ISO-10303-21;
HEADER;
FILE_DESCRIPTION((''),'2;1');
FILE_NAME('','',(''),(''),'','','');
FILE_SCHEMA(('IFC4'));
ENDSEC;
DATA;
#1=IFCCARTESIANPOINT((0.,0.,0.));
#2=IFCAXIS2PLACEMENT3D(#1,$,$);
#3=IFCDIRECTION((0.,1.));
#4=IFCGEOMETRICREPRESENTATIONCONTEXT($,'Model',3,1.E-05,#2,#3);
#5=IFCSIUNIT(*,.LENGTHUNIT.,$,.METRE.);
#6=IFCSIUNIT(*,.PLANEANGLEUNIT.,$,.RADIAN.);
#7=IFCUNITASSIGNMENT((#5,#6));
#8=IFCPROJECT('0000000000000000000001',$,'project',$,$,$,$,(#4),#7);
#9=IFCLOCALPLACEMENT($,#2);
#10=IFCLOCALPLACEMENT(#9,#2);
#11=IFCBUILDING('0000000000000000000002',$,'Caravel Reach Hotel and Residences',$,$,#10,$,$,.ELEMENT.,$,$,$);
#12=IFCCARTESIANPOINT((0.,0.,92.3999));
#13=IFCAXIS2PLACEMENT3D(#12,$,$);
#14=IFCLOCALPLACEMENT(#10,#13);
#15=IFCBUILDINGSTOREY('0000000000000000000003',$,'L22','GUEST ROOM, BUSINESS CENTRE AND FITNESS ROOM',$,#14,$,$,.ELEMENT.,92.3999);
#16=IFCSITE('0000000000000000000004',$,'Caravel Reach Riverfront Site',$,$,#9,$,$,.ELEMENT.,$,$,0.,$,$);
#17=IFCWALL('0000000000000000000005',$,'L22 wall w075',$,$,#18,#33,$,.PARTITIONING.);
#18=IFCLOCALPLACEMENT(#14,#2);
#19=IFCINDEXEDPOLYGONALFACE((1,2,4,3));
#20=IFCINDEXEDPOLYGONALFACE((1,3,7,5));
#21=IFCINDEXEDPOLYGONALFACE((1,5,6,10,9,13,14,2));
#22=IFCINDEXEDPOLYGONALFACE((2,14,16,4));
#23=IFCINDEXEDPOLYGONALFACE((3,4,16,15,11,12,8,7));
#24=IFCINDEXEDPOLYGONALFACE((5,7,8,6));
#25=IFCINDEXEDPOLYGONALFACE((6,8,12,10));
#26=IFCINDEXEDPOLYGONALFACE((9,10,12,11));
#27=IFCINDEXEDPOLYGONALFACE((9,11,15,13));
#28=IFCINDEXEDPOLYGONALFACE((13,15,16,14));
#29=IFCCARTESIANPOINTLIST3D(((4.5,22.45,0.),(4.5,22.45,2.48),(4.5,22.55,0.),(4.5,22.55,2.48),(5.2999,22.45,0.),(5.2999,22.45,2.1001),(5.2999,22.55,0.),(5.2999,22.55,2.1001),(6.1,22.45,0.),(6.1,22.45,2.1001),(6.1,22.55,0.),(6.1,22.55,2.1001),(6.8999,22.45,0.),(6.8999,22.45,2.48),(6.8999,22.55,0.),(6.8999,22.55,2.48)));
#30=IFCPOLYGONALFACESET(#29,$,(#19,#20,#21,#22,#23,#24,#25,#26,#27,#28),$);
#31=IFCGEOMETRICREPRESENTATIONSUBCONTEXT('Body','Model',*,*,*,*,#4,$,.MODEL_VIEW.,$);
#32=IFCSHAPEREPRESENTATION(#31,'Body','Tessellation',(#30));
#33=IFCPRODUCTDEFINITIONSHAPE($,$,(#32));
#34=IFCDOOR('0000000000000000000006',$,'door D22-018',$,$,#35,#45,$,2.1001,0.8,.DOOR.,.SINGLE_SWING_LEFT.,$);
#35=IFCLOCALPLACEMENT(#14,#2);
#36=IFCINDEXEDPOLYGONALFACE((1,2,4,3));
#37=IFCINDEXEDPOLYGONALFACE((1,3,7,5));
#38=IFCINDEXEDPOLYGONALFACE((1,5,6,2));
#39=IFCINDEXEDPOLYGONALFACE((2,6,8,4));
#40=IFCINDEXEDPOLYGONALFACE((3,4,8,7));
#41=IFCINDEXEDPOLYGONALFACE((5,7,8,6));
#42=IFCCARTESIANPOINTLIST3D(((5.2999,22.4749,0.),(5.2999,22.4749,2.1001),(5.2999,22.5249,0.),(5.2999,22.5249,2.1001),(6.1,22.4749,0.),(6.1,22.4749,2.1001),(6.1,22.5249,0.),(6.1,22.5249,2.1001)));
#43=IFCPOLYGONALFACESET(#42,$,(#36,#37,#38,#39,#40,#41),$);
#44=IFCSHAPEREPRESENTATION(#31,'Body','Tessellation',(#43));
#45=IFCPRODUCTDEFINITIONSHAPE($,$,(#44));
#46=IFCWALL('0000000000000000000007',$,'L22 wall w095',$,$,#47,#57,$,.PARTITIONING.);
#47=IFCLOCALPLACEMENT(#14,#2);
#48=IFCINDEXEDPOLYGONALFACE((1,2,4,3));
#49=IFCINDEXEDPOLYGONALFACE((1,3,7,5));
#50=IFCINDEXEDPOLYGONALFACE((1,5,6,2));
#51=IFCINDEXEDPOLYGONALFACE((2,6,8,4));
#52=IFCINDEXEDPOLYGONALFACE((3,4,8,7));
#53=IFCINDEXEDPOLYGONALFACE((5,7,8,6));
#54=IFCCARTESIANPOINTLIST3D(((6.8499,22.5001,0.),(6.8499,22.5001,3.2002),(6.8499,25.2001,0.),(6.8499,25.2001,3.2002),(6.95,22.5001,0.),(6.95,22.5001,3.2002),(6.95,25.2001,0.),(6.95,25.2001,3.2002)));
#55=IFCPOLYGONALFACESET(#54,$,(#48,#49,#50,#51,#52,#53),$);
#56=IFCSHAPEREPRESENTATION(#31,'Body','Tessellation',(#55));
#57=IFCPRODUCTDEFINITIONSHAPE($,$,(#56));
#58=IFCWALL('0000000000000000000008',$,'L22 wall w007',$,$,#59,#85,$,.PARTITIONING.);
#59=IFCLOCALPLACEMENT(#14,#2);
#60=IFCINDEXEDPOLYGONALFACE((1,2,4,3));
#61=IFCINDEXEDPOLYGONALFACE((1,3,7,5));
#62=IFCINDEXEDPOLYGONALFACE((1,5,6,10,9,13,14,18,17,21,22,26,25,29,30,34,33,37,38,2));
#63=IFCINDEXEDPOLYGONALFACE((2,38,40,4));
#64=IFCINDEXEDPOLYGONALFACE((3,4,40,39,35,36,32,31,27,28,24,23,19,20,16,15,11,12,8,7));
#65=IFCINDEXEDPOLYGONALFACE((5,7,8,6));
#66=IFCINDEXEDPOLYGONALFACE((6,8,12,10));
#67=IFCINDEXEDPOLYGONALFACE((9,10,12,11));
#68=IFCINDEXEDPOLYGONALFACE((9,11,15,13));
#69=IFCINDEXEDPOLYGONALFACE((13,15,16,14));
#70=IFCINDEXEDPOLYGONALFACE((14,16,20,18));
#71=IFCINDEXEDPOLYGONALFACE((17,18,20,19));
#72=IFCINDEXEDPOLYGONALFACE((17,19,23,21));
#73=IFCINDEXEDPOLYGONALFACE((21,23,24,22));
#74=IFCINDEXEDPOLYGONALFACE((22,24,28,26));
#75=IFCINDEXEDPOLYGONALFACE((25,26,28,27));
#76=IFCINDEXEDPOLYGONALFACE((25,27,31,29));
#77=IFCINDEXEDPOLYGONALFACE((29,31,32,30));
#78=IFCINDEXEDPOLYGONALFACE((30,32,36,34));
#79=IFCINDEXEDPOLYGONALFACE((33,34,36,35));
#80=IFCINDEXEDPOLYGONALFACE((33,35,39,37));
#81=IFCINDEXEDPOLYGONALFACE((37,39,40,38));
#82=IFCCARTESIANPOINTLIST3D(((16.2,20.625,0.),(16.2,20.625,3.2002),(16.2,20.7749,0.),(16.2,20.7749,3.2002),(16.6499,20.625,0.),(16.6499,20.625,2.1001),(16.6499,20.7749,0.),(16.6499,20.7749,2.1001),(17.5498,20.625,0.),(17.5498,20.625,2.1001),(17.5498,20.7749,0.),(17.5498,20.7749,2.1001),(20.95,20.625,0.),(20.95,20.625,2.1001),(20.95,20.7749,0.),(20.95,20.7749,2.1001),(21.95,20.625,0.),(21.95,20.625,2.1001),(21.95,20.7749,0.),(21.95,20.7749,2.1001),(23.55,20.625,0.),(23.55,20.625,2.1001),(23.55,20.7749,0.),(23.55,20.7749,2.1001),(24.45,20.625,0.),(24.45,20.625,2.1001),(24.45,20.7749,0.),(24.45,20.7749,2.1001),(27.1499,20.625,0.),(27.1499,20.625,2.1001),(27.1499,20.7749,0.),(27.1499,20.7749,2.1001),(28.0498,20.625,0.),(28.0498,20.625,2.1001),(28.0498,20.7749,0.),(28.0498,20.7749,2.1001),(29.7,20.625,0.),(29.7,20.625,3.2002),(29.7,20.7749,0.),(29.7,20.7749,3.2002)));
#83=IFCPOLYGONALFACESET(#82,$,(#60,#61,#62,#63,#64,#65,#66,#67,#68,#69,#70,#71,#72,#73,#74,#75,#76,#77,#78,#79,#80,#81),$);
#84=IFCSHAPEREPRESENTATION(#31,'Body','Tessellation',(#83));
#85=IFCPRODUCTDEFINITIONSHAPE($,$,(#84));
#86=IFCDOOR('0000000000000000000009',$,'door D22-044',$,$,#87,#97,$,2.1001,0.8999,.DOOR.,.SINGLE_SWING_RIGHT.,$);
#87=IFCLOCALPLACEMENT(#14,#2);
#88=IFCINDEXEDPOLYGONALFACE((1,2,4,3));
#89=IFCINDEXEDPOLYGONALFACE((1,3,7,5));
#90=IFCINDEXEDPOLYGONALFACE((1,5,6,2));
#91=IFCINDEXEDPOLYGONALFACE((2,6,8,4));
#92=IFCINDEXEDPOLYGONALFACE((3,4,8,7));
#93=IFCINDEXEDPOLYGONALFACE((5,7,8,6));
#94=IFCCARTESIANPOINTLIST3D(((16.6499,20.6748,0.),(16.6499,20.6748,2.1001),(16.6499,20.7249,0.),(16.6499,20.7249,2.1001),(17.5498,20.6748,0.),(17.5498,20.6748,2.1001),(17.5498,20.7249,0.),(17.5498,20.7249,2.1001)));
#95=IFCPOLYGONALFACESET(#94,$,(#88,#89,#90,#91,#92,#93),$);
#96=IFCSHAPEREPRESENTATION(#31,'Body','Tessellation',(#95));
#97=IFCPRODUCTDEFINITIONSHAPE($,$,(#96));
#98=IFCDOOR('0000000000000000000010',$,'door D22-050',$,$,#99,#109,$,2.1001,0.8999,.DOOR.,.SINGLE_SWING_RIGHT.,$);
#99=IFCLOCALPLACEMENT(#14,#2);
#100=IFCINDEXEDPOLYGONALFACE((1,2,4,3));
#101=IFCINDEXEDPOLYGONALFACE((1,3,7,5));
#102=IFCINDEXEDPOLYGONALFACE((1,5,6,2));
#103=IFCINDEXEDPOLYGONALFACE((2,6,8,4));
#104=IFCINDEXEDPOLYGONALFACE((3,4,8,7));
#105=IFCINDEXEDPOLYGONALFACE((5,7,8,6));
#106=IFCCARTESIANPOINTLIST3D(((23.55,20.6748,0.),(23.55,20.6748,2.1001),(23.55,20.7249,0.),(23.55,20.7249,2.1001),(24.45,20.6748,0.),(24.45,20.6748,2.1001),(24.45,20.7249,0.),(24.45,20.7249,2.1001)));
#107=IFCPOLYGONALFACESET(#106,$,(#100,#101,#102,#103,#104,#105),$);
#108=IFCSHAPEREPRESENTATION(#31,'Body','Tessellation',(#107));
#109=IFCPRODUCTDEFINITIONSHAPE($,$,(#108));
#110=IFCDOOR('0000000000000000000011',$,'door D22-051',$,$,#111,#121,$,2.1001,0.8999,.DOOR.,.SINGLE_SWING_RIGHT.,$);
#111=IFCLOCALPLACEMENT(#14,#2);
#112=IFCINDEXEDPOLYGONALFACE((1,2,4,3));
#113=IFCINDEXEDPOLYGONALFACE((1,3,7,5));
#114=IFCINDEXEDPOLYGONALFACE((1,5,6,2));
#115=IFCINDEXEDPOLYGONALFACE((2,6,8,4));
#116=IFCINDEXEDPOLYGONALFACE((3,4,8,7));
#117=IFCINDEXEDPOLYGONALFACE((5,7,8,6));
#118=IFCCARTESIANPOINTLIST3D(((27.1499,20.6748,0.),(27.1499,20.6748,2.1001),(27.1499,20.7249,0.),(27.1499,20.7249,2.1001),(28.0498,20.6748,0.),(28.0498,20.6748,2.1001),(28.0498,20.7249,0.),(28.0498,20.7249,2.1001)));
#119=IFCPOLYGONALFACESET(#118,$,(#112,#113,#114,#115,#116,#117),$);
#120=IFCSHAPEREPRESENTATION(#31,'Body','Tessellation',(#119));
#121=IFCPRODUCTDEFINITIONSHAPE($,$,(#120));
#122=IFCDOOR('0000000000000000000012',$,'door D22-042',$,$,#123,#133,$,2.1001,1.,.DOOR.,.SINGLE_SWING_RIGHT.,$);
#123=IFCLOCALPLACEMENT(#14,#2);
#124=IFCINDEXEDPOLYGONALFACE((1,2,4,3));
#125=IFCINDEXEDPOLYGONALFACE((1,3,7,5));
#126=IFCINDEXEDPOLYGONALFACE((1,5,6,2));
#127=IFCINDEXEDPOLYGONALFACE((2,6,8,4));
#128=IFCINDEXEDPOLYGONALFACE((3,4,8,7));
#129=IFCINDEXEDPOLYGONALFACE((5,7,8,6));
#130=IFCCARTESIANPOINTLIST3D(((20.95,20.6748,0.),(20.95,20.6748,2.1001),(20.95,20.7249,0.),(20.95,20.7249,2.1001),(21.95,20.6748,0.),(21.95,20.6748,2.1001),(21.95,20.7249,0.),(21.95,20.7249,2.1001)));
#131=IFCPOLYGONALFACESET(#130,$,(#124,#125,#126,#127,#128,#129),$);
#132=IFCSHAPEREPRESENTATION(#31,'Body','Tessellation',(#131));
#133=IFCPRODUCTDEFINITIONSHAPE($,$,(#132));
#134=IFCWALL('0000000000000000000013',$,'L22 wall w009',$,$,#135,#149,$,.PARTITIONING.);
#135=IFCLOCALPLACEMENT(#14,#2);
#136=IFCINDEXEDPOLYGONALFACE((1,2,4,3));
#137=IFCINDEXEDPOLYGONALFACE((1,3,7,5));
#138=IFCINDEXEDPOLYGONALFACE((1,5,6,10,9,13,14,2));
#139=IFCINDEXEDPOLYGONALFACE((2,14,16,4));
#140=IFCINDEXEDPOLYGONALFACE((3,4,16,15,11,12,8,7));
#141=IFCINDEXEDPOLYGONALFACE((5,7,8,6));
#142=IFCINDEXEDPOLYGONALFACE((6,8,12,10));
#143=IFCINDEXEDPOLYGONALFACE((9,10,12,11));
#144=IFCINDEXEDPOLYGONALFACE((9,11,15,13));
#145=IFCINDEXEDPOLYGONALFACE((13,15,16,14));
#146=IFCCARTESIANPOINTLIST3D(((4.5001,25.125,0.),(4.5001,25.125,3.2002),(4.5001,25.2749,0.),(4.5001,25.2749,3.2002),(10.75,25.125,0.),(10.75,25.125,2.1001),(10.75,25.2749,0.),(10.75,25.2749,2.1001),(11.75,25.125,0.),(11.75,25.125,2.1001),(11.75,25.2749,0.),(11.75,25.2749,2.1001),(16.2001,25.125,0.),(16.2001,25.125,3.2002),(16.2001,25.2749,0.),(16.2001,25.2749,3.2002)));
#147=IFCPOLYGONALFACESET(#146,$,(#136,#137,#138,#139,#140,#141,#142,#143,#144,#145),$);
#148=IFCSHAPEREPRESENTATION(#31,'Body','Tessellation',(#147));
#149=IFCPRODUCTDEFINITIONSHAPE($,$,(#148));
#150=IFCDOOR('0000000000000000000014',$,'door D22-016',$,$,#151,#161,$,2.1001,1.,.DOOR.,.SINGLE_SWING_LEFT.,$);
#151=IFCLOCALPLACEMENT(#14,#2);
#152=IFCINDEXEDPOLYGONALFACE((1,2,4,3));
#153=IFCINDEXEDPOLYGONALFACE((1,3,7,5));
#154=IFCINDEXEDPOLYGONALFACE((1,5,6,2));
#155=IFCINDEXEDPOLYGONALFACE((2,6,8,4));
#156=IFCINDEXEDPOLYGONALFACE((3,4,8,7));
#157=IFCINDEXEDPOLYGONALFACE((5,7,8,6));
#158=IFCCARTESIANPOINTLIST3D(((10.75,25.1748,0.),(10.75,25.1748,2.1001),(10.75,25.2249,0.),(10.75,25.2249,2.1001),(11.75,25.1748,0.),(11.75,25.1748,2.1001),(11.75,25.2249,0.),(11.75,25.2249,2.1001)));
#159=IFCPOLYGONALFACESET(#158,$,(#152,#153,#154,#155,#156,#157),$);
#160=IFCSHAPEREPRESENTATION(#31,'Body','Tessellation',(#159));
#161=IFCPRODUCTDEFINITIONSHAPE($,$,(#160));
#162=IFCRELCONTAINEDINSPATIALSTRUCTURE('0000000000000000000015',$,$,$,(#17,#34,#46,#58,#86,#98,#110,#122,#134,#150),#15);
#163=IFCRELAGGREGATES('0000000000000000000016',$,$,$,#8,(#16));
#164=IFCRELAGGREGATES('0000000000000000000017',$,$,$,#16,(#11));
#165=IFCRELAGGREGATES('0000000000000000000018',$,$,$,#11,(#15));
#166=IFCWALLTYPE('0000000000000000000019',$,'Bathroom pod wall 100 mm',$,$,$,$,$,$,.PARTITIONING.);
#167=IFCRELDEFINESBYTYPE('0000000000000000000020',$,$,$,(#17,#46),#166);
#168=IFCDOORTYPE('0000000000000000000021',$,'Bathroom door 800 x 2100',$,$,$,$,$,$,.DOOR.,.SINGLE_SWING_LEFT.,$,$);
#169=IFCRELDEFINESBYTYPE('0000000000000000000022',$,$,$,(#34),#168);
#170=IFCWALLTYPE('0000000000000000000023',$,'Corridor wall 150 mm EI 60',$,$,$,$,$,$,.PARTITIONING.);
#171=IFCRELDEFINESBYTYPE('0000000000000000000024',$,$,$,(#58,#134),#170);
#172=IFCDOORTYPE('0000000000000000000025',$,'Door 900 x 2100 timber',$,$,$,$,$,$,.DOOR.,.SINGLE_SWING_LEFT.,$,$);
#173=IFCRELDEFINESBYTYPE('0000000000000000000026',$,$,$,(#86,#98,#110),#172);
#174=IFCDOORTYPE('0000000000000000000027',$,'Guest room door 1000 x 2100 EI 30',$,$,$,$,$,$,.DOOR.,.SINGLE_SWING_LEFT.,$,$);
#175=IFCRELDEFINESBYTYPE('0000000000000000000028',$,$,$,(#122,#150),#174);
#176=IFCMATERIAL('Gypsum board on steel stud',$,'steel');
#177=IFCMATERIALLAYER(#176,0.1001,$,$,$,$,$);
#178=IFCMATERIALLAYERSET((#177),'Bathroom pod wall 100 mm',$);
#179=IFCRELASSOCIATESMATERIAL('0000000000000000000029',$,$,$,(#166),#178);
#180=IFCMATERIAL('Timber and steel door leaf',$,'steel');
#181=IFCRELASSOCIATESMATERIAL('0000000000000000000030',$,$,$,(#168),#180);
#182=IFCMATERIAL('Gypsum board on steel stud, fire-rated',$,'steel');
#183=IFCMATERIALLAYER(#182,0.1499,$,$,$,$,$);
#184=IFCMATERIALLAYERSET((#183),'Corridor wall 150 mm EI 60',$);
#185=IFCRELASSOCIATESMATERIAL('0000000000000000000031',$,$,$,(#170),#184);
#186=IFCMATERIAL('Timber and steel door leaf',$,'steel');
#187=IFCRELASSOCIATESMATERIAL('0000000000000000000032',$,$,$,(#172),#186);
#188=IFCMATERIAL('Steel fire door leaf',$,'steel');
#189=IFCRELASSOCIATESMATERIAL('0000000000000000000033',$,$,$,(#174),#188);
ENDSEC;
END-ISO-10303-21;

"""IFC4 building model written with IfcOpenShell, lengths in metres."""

from ifc_helpers import new_model, si_unit, direction, frame, frame_2d, origin, place, context, subcontext, project, spatial, rectangle, extrude, material, layer, layer_set, type_object, element, fill, save


model = new_model("IFC4")

# Units and contexts
model_context = context("Model", 3, precision=1e-05, world=origin(), true_north=direction((0.0, 1.0)))
body_context = subcontext(model_context, "Body", "Model", "MODEL_VIEW")
ifc_project = project(units=[si_unit("LENGTHUNIT", "METRE"), si_unit("PLANEANGLEUNIT", "RADIAN")], contexts=[model_context])

# Site, building, storey
site_placement = place(None, origin())
site = spatial("IfcSite", under=ifc_project, at=site_placement, Name="Caravel Reach Riverfront Site", CompositionType="ELEMENT", RefElevation=0.0)
building_placement = place(site_placement, origin())
building = spatial("IfcBuilding", under=site, at=building_placement, Name="Caravel Reach Hotel and Residences", CompositionType="ELEMENT")
storey_placement = place(building_placement, frame((0.0, 0.0, 92.3999)))
storey = spatial("IfcBuildingStorey", under=building, at=storey_placement, Name="L22", Description="GUEST ROOM, BUSINESS CENTRE AND FITNESS ROOM", CompositionType="ELEMENT", Elevation=92.3999)

# Wall, opening, door
ifc_material_1 = material(Name="Gypsum board on steel stud", Category="steel")
ifc_layer_1 = layer(ifc_material_1, 0.1001)
ifc_layer_set_1 = layer_set([ifc_layer_1], Name="Bathroom pod wall 100 mm")
wall_type_1 = type_object("IfcWallType", Name="Bathroom pod wall 100 mm", PredefinedType="PARTITIONING", material=ifc_layer_set_1)
wall_1_placement = place(storey_placement, frame((4.5, 22.5, 0.0), z_axis=(0.0, 0.0, 1.0), x_axis=(1.0, 0.0, 0.0)))
wall_1 = element("IfcWall", 1, at=wall_1_placement, inside=storey, type_object=wall_type_1, Name="L22 wall w075", PredefinedType="PARTITIONING", context=body_context, shape_type="SweptSolid", body=[
    extrude(rectangle(XDim=2.3999, YDim=0.1001, at=frame_2d((1.2, 0.0))), origin(), (0.0, 0.0, 1.0), 2.48),
])
opening_1_placement = place(wall_1_placement, frame((0.8, 0.0, 0.0)))
opening_1 = element("IfcOpeningElement", 2, at=opening_1_placement, cuts=wall_1, PredefinedType="OPENING", context=body_context, shape_type="SweptSolid", body=[
    extrude(rectangle(XDim=0.8, YDim=2.1001, at=frame_2d((0.3999, 1.05))), frame((0.0, 0.0601, 0.0), z_axis=(0.0, -1.0, 0.0), x_axis=(1.0, 0.0, 0.0)), (0.0, 0.0, 1.0), 0.1201),
])
ifc_material_2 = material(Name="Timber and steel door leaf", Category="steel")
door_type_1 = type_object("IfcDoorType", Name="Bathroom door 800 x 2100", OperationType="SINGLE_SWING_LEFT", PredefinedType="DOOR", material=ifc_material_2)
door_1_placement = place(opening_1_placement, origin())
door_1 = element("IfcDoor", 3, at=door_1_placement, inside=storey, type_object=door_type_1, Name="door D22-018", OperationType="SINGLE_SWING_LEFT", OverallHeight=2.1001, OverallWidth=0.8, PredefinedType="DOOR", context=body_context, shape_type="SweptSolid", body=[
    extrude(rectangle(XDim=0.8, YDim=2.1001, at=frame_2d((0.3999, 1.05))), frame((0.0, 0.0249, 0.0), z_axis=(0.0, -1.0, 0.0), x_axis=(1.0, 0.0, 0.0)), (0.0, 0.0, 1.0), 0.05),
])
fill(opening_1, door_1)

# Wall
wall_2_placement = place(storey_placement, frame((6.8999, 22.5, 0.0), z_axis=(0.0, 0.0, 1.0), x_axis=(0.0, 1.0, 0.0)))
element("IfcWall", 4, at=wall_2_placement, inside=storey, type_object=wall_type_1, Name="L22 wall w095", PredefinedType="PARTITIONING", context=body_context, shape_type="SweptSolid", body=[
    extrude(rectangle(XDim=2.7, YDim=0.1001, at=frame_2d((1.3501, 0.0))), origin(), (0.0, 0.0, 1.0), 3.2002),
])

# Wall, openings, doors
ifc_material_3 = material(Name="Gypsum board on steel stud, fire-rated", Category="steel")
ifc_layer_2 = layer(ifc_material_3, 0.1499)
ifc_layer_set_2 = layer_set([ifc_layer_2], Name="Corridor wall 150 mm EI 60")
wall_type_2 = type_object("IfcWallType", Name="Corridor wall 150 mm EI 60", PredefinedType="PARTITIONING", material=ifc_layer_set_2)
wall_3_placement = place(storey_placement, frame((16.2, 20.7, 0.0), z_axis=(0.0, 0.0, 1.0), x_axis=(1.0, 0.0, 0.0)))
wall_3 = element("IfcWall", 5, at=wall_3_placement, inside=storey, type_object=wall_type_2, Name="L22 wall w007", PredefinedType="PARTITIONING", context=body_context, shape_type="SweptSolid", body=[
    extrude(rectangle(XDim=13.5, YDim=0.1499, at=frame_2d((6.75, 0.0))), origin(), (0.0, 0.0, 1.0), 3.2002),
])
opening_2_placement = place(wall_3_placement, frame((4.75, 0.0, 0.0)))
opening_2 = element("IfcOpeningElement", 6, at=opening_2_placement, cuts=wall_3, PredefinedType="OPENING", context=body_context, shape_type="SweptSolid", body=[
    extrude(rectangle(XDim=1.0, YDim=2.1001, at=frame_2d((0.5, 1.05))), frame((0.0, 0.085, 0.0), z_axis=(0.0, -1.0, 0.0), x_axis=(1.0, 0.0, 0.0)), (0.0, 0.0, 1.0), 0.1699),
])
opening_3_placement = place(wall_3_placement, frame((0.45, 0.0, 0.0)))
opening_3 = element("IfcOpeningElement", 7, at=opening_3_placement, cuts=wall_3, PredefinedType="OPENING", context=body_context, shape_type="SweptSolid", body=[
    extrude(rectangle(XDim=0.8999, YDim=2.1001, at=frame_2d((0.45, 1.05))), frame((0.0, 0.085, 0.0), z_axis=(0.0, -1.0, 0.0), x_axis=(1.0, 0.0, 0.0)), (0.0, 0.0, 1.0), 0.1699),
])
opening_4_placement = place(wall_3_placement, frame((7.3501, 0.0, 0.0)))
opening_4 = element("IfcOpeningElement", 8, at=opening_4_placement, cuts=wall_3, PredefinedType="OPENING", context=body_context, shape_type="SweptSolid", body=[
    extrude(rectangle(XDim=0.8999, YDim=2.1001, at=frame_2d((0.45, 1.05))), frame((0.0, 0.085, 0.0), z_axis=(0.0, -1.0, 0.0), x_axis=(1.0, 0.0, 0.0)), (0.0, 0.0, 1.0), 0.1699),
])
opening_5_placement = place(wall_3_placement, frame((10.95, 0.0, 0.0)))
opening_5 = element("IfcOpeningElement", 9, at=opening_5_placement, cuts=wall_3, PredefinedType="OPENING", context=body_context, shape_type="SweptSolid", body=[
    extrude(rectangle(XDim=0.8999, YDim=2.1001, at=frame_2d((0.45, 1.05))), frame((0.0, 0.085, 0.0), z_axis=(0.0, -1.0, 0.0), x_axis=(1.0, 0.0, 0.0)), (0.0, 0.0, 1.0), 0.1699),
])
ifc_material_4 = material(Name="Timber and steel door leaf", Category="steel")
door_type_2 = type_object("IfcDoorType", Name="Door 900 x 2100 timber", OperationType="SINGLE_SWING_LEFT", PredefinedType="DOOR", material=ifc_material_4)
door_2_placement = place(opening_3_placement, origin())
door_2 = element("IfcDoor", 10, at=door_2_placement, inside=storey, type_object=door_type_2, Name="door D22-044", OperationType="SINGLE_SWING_RIGHT", OverallHeight=2.1001, OverallWidth=0.8999, PredefinedType="DOOR", context=body_context, shape_type="SweptSolid", body=[
    extrude(rectangle(XDim=0.8999, YDim=2.1001, at=frame_2d((0.45, 1.05))), frame((0.0, 0.0249, 0.0), z_axis=(0.0, -1.0, 0.0), x_axis=(1.0, 0.0, 0.0)), (0.0, 0.0, 1.0), 0.05),
])
fill(opening_3, door_2)
door_3_placement = place(opening_4_placement, origin())
door_3 = element("IfcDoor", 11, at=door_3_placement, inside=storey, type_object=door_type_2, Name="door D22-050", OperationType="SINGLE_SWING_RIGHT", OverallHeight=2.1001, OverallWidth=0.8999, PredefinedType="DOOR", context=body_context, shape_type="SweptSolid", body=[
    extrude(rectangle(XDim=0.8999, YDim=2.1001, at=frame_2d((0.45, 1.05))), frame((0.0, 0.0249, 0.0), z_axis=(0.0, -1.0, 0.0), x_axis=(1.0, 0.0, 0.0)), (0.0, 0.0, 1.0), 0.05),
])
fill(opening_4, door_3)
door_4_placement = place(opening_5_placement, origin())
door_4 = element("IfcDoor", 12, at=door_4_placement, inside=storey, type_object=door_type_2, Name="door D22-051", OperationType="SINGLE_SWING_RIGHT", OverallHeight=2.1001, OverallWidth=0.8999, PredefinedType="DOOR", context=body_context, shape_type="SweptSolid", body=[
    extrude(rectangle(XDim=0.8999, YDim=2.1001, at=frame_2d((0.45, 1.05))), frame((0.0, 0.0249, 0.0), z_axis=(0.0, -1.0, 0.0), x_axis=(1.0, 0.0, 0.0)), (0.0, 0.0, 1.0), 0.05),
])
fill(opening_5, door_4)
ifc_material_5 = material(Name="Steel fire door leaf", Category="steel")
door_type_3 = type_object("IfcDoorType", Name="Guest room door 1000 x 2100 EI 30", OperationType="SINGLE_SWING_LEFT", PredefinedType="DOOR", material=ifc_material_5)
door_5_placement = place(opening_2_placement, origin())
door_5 = element("IfcDoor", 13, at=door_5_placement, inside=storey, type_object=door_type_3, Name="door D22-042", OperationType="SINGLE_SWING_RIGHT", OverallHeight=2.1001, OverallWidth=1.0, PredefinedType="DOOR", context=body_context, shape_type="SweptSolid", body=[
    extrude(rectangle(XDim=1.0, YDim=2.1001, at=frame_2d((0.5, 1.05))), frame((0.0, 0.0249, 0.0), z_axis=(0.0, -1.0, 0.0), x_axis=(1.0, 0.0, 0.0)), (0.0, 0.0, 1.0), 0.05),
])
fill(opening_2, door_5)

# Wall, opening, door
wall_4_placement = place(storey_placement, frame((4.5, 25.2, 0.0), z_axis=(0.0, 0.0, 1.0), x_axis=(1.0, 0.0, 0.0)))
wall_4 = element("IfcWall", 14, at=wall_4_placement, inside=storey, type_object=wall_type_2, Name="L22 wall w009", PredefinedType="PARTITIONING", context=body_context, shape_type="SweptSolid", body=[
    extrude(rectangle(XDim=11.7, YDim=0.1499, at=frame_2d((5.8501, 0.0))), origin(), (0.0, 0.0, 1.0), 3.2002),
])
opening_6_placement = place(wall_4_placement, frame((6.25, 0.0, 0.0)))
opening_6 = element("IfcOpeningElement", 15, at=opening_6_placement, cuts=wall_4, PredefinedType="OPENING", context=body_context, shape_type="SweptSolid", body=[
    extrude(rectangle(XDim=1.0, YDim=2.1001, at=frame_2d((0.5, 1.05))), frame((0.0, 0.085, 0.0), z_axis=(0.0, -1.0, 0.0), x_axis=(1.0, 0.0, 0.0)), (0.0, 0.0, 1.0), 0.1699),
])
door_6_placement = place(opening_6_placement, origin())
door_6 = element("IfcDoor", 16, at=door_6_placement, inside=storey, type_object=door_type_3, Name="door D22-016", OperationType="SINGLE_SWING_LEFT", OverallHeight=2.1001, OverallWidth=1.0, PredefinedType="DOOR", context=body_context, shape_type="SweptSolid", body=[
    extrude(rectangle(XDim=1.0, YDim=2.1001, at=frame_2d((0.5, 1.05))), frame((0.0, 0.0249, 0.0), z_axis=(0.0, -1.0, 0.0), x_axis=(1.0, 0.0, 0.0)), (0.0, 0.0, 1.0), 0.05),
])
fill(opening_6, door_6)

save(model, "model.ifc")
